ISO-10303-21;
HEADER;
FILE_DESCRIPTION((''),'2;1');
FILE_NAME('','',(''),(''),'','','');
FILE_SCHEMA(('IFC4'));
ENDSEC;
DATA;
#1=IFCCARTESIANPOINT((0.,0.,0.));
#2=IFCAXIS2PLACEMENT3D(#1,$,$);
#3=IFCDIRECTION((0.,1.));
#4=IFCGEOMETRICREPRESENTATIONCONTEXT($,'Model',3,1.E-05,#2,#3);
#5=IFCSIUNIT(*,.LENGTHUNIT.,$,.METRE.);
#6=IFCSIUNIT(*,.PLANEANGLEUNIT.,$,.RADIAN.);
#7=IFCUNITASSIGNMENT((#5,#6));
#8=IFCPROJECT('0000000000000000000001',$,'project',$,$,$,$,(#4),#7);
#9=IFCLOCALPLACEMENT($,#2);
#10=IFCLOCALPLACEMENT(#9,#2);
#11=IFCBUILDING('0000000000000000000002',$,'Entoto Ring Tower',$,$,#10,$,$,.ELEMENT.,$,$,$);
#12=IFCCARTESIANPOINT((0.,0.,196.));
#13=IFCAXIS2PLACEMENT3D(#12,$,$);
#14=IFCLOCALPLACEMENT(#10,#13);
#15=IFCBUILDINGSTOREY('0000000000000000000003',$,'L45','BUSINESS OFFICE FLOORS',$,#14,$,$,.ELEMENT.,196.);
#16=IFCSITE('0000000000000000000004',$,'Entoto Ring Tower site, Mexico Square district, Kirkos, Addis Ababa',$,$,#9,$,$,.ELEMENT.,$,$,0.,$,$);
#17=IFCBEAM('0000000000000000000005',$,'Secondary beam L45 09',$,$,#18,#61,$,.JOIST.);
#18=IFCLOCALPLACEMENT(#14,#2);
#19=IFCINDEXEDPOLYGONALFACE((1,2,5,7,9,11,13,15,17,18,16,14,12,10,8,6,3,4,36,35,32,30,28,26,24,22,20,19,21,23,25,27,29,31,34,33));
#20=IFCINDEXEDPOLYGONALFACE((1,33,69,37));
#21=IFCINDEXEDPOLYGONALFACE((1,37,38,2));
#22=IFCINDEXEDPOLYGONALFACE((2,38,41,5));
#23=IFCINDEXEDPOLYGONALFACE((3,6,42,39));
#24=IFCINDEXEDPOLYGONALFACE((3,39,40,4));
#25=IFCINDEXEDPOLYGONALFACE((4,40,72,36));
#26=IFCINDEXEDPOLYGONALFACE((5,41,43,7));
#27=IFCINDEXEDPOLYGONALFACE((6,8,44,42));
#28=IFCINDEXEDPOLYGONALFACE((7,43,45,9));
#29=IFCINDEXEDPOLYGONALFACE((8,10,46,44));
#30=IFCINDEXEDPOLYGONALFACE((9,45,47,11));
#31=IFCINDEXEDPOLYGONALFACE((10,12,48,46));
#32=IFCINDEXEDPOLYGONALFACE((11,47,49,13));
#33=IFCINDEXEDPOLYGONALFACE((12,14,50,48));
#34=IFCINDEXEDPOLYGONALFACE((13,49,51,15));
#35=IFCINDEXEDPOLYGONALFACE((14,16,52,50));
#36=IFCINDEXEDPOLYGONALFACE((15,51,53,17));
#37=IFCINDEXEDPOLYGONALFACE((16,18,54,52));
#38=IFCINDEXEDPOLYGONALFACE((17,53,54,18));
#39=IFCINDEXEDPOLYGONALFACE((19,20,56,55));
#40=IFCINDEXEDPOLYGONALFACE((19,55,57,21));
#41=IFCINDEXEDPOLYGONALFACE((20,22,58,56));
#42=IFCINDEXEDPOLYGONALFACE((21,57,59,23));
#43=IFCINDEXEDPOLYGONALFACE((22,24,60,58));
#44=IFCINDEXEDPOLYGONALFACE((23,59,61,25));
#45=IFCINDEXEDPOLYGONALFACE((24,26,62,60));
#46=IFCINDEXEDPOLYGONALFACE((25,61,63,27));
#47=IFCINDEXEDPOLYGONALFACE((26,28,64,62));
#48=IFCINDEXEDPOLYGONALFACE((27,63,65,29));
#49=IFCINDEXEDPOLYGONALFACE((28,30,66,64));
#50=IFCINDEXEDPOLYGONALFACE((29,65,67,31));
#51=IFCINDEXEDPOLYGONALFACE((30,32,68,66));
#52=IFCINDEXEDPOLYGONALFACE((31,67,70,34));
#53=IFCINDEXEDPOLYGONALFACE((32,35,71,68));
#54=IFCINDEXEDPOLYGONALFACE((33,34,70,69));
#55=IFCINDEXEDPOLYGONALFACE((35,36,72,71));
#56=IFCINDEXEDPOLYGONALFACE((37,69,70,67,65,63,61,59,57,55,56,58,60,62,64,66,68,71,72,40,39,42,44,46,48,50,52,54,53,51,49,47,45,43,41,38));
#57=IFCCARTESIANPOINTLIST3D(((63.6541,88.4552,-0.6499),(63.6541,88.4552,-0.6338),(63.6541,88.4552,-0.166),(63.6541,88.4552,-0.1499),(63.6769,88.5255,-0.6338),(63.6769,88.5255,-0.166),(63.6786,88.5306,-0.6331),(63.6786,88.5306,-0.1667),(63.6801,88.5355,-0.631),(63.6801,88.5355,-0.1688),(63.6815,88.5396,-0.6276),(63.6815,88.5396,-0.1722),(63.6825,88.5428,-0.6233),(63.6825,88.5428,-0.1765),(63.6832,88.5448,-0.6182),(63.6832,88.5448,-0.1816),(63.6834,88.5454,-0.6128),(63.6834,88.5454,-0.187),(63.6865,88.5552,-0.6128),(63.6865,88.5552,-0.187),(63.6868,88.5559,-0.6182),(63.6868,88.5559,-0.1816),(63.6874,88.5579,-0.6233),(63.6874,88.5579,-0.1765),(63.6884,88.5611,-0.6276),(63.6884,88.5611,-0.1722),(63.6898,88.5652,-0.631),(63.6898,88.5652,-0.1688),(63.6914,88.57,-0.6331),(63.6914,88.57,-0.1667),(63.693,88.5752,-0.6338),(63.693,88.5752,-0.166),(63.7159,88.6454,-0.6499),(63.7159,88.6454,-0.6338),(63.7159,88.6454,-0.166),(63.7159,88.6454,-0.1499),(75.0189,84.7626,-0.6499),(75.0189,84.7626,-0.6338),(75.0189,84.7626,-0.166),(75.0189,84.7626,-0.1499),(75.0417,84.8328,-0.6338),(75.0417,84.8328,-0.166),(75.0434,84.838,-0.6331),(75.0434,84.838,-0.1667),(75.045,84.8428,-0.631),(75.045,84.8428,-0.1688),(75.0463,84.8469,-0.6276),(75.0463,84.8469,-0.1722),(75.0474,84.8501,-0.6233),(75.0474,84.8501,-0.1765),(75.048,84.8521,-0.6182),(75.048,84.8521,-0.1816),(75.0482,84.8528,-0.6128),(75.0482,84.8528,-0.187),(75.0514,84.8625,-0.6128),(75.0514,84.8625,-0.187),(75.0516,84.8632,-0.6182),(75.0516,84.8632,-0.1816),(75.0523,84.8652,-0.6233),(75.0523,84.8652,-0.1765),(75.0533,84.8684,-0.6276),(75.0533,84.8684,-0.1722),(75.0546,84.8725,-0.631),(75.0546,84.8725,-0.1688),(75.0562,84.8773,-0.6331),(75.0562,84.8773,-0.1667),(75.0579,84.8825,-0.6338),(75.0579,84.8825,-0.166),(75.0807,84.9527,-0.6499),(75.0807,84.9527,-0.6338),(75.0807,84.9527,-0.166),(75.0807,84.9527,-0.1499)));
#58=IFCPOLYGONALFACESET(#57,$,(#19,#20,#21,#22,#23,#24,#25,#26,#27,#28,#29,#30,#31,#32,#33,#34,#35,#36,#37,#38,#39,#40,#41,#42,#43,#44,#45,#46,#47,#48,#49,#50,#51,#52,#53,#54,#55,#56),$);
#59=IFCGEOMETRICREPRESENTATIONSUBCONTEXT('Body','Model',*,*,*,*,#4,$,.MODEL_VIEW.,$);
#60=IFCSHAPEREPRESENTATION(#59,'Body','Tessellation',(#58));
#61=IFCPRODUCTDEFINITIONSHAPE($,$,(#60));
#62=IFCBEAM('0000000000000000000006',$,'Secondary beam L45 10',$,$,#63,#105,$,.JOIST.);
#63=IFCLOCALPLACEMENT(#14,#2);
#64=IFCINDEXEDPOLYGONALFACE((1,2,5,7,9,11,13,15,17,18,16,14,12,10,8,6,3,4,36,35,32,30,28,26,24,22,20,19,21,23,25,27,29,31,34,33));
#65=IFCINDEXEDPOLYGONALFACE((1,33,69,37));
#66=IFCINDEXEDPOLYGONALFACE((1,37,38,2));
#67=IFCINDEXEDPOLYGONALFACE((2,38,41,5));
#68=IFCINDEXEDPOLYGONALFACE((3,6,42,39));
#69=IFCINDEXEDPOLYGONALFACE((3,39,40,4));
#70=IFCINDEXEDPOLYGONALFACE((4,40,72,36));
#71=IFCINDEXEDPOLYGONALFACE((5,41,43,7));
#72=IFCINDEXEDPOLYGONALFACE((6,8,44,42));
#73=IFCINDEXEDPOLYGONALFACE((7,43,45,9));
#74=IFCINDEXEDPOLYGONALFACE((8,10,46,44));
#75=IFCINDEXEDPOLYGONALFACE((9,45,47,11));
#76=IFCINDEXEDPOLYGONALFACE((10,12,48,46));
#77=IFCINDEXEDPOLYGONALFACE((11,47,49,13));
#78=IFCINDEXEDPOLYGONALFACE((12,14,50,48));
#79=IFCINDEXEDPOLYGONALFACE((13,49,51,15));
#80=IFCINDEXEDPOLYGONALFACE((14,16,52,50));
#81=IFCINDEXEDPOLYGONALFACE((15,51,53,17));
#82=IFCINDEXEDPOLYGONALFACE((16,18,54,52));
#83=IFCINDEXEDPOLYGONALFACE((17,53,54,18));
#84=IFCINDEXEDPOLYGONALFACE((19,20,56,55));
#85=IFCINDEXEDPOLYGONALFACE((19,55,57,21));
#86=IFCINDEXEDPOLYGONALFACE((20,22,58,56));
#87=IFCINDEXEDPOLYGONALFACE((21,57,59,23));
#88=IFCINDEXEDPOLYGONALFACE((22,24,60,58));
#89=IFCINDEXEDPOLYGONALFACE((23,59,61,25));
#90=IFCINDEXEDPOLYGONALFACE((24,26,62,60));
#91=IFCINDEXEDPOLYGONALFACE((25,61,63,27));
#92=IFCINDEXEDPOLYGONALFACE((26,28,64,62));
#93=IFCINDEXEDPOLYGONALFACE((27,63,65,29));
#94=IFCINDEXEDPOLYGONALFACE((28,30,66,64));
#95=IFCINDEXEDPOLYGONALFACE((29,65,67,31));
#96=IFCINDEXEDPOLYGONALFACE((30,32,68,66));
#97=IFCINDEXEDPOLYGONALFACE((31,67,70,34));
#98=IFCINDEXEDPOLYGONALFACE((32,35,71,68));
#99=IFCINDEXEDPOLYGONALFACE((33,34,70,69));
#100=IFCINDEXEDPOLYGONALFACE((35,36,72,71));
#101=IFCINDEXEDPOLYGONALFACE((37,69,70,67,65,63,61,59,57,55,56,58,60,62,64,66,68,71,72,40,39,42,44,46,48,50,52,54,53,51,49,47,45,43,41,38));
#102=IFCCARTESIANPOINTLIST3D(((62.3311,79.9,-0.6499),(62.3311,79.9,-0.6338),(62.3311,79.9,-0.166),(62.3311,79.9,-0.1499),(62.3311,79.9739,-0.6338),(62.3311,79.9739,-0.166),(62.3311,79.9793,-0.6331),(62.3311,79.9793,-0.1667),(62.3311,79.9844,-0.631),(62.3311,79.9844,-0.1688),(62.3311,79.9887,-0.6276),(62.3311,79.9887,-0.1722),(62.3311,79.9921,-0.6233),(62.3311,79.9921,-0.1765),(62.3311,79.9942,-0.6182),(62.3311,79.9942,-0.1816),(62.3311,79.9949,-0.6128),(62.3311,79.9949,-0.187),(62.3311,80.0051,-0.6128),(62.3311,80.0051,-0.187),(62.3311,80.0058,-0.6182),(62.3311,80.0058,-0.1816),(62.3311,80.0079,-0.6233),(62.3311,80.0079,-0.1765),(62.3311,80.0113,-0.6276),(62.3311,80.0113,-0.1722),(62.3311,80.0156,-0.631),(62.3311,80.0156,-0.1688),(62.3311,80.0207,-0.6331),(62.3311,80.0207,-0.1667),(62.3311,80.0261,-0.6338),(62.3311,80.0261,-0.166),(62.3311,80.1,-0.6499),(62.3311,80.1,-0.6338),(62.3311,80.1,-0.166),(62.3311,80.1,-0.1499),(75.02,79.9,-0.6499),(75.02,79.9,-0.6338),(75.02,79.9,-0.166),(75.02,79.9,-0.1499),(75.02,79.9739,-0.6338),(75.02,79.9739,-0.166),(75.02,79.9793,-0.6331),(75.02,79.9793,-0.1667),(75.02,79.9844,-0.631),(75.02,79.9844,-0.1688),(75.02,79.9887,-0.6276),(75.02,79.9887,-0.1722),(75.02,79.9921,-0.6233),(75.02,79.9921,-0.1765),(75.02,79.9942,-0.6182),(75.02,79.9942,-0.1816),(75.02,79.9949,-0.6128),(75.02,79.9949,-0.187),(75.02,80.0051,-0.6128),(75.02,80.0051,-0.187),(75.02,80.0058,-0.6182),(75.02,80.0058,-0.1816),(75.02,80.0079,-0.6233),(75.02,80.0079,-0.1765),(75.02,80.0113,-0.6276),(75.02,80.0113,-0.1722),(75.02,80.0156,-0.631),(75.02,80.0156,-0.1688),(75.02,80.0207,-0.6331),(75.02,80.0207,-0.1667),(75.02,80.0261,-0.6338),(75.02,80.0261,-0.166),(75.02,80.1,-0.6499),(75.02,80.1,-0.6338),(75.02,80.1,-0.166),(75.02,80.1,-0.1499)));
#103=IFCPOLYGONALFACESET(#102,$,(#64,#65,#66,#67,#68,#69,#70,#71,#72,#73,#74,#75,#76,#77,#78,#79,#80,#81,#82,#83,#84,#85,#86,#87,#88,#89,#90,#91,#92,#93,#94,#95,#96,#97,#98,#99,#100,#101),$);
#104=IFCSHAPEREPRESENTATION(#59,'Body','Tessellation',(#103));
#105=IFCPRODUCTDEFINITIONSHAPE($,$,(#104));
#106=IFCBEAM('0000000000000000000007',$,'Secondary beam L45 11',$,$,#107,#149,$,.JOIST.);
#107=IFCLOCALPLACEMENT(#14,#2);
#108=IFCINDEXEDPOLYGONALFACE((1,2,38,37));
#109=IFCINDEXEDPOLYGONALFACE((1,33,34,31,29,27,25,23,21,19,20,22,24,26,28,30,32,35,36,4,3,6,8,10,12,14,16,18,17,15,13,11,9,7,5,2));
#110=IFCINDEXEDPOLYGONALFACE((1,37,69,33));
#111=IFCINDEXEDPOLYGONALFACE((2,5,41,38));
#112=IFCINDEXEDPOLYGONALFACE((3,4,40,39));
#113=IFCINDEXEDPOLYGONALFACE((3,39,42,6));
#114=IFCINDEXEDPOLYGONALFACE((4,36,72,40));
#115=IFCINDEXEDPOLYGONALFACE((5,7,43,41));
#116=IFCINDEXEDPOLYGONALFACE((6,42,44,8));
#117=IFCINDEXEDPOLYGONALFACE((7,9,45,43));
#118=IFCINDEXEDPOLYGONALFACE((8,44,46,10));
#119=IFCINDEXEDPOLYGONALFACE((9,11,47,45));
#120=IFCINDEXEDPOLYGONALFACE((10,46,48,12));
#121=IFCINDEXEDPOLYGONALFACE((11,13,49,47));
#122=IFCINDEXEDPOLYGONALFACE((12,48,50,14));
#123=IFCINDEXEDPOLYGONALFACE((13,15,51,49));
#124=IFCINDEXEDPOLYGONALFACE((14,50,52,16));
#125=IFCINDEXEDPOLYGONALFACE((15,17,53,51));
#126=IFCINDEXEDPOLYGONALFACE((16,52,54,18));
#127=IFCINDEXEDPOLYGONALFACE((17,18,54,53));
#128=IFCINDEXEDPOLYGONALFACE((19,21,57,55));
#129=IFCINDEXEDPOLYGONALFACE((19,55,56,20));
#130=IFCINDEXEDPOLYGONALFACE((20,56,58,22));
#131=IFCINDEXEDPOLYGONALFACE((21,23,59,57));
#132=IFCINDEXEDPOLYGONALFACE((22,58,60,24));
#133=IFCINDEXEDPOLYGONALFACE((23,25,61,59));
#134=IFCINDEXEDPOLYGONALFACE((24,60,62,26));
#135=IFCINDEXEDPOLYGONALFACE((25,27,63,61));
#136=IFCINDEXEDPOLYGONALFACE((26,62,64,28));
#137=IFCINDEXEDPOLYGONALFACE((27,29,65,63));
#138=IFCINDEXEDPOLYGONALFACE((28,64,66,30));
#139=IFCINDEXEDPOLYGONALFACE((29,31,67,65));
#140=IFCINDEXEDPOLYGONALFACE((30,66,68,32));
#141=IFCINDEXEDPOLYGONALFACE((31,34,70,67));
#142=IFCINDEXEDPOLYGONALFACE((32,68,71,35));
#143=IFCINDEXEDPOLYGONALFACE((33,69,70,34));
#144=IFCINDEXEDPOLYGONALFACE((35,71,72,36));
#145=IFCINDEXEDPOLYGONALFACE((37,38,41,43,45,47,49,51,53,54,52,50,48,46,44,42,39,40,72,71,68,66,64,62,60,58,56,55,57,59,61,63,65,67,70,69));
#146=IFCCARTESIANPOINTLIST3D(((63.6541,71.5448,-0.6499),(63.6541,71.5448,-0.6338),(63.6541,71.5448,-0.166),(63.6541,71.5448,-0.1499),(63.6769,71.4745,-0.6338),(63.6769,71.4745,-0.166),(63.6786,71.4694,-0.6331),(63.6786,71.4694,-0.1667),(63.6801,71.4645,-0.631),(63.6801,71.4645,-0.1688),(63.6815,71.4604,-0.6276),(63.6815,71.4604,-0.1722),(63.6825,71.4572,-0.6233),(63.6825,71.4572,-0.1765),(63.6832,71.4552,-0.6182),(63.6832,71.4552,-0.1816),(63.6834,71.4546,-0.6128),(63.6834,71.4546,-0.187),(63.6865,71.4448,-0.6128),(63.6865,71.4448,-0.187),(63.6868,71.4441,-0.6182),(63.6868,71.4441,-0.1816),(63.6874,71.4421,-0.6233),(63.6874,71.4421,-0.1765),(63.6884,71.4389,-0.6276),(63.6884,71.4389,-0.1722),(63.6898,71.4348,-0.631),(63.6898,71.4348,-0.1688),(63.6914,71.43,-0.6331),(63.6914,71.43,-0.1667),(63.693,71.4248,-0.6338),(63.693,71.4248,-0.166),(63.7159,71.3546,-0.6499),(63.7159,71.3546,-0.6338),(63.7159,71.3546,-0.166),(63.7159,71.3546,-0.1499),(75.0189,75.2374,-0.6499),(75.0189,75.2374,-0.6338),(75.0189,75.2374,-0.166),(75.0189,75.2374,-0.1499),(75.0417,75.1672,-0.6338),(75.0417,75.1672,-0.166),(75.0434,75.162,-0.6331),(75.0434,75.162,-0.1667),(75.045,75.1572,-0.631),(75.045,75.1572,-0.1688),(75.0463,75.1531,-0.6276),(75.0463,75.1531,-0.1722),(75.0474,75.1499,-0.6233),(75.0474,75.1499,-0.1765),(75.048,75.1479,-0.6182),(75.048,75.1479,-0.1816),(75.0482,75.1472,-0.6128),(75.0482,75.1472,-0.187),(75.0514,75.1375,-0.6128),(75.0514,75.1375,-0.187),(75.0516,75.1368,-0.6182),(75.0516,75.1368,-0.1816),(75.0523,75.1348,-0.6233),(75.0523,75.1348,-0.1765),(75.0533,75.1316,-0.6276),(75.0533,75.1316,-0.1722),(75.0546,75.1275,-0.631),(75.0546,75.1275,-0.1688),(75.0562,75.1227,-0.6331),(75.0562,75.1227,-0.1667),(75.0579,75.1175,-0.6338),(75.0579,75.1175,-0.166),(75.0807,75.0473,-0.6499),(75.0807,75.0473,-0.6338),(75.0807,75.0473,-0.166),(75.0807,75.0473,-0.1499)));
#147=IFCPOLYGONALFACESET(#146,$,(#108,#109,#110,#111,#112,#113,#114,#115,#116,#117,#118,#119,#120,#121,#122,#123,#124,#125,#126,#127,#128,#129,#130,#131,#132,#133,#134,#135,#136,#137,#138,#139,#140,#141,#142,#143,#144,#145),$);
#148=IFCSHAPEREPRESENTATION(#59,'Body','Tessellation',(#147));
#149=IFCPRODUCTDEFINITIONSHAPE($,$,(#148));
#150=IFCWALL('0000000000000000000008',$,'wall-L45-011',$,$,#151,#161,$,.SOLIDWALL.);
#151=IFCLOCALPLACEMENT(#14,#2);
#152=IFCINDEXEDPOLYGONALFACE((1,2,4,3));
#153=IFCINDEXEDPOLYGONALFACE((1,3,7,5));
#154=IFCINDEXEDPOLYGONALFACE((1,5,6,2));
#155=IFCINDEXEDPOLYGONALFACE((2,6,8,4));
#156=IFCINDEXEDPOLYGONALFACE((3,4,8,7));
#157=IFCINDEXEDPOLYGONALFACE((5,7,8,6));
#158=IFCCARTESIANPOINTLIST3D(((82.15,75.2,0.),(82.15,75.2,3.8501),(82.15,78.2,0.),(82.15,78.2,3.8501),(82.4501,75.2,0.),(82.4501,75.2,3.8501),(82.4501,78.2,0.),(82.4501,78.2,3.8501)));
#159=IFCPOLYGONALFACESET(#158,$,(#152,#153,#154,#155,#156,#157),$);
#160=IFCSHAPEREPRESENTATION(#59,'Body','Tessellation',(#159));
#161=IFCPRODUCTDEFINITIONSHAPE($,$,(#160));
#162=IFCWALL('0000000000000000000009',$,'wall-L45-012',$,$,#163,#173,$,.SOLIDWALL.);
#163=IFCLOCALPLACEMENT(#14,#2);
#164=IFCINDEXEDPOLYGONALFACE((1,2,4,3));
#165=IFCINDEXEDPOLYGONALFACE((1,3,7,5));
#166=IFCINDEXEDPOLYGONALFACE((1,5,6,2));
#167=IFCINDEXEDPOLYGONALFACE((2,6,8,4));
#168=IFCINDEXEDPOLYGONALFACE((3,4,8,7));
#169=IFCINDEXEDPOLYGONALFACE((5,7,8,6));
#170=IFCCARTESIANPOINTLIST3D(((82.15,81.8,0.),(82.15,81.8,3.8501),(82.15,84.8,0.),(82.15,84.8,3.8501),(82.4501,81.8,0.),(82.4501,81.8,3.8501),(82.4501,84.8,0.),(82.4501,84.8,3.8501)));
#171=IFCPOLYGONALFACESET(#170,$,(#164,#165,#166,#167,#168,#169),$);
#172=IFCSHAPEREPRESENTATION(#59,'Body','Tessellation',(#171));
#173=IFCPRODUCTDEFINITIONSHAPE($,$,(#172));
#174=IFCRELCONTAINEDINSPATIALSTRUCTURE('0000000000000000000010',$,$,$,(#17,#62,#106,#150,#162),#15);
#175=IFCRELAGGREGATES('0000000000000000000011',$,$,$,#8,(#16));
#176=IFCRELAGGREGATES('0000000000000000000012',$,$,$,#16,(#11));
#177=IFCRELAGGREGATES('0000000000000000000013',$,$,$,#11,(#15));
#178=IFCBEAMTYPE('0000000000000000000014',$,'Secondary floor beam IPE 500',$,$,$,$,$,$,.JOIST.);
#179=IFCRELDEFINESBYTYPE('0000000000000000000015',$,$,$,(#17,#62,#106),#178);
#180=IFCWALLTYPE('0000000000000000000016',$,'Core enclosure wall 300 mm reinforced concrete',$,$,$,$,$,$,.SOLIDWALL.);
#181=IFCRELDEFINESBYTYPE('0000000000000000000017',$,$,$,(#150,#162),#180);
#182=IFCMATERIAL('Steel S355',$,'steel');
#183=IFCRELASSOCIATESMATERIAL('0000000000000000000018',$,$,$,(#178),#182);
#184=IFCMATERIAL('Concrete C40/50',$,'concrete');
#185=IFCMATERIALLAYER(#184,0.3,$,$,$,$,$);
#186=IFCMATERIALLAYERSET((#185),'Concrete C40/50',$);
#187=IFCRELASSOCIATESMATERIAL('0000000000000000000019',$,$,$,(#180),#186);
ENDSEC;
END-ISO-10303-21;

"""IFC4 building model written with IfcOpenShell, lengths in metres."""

from ifc_helpers import new_model, si_unit, direction, frame, frame_2d, origin, origin_2d, place, context, subcontext, project, spatial, rectangle, i_section, extrude, material, layer, layer_set, material_profile, profile_set, type_object, element, save


model = new_model("IFC4")

# Units and contexts
model_context = context("Model", 3, precision=1e-05, world=origin(), true_north=direction((0.0, 1.0)))
body_context = subcontext(model_context, "Body", "Model", "MODEL_VIEW")
ifc_project = project(units=[si_unit("LENGTHUNIT", "METRE"), si_unit("PLANEANGLEUNIT", "RADIAN")], contexts=[model_context])

# Site, building, storey
site_placement = place(None, origin())
site = spatial("IfcSite", under=ifc_project, at=site_placement, Name="Entoto Ring Tower site, Mexico Square district, Kirkos, Addis Ababa", CompositionType="ELEMENT", RefElevation=0.0)
building_placement = place(site_placement, origin())
building = spatial("IfcBuilding", under=site, at=building_placement, Name="Entoto Ring Tower", CompositionType="ELEMENT")
storey_placement = place(building_placement, frame((0.0, 0.0, 196.0)))
storey = spatial("IfcBuildingStorey", under=building, at=storey_placement, Name="L45", Description="BUSINESS OFFICE FLOORS", CompositionType="ELEMENT", Elevation=196.0)

# Beams
ifc_material_1 = material(Name="Steel S355", Category="steel")
ifc_material_profile_1 = material_profile(ifc_material_1, i_section(OverallWidth=0.2, OverallDepth=0.5, WebThickness=0.0103, FlangeThickness=0.0161, FilletRadius=0.021, at=origin_2d()), Name="IPE 500")
ifc_profile_set_1 = profile_set([ifc_material_profile_1], Name="Steel S355")
beam_type_1 = type_object("IfcBeamType", Name="Secondary floor beam IPE 500", PredefinedType="JOIST", material=ifc_profile_set_1)
beam_1_placement = place(storey_placement, frame((75.0498, 84.8577, -0.3999), z_axis=(-0.951057, 0.309017, 0.0), x_axis=(-0.309017, -0.951057, 0.0)))
element("IfcBeam", 1, at=beam_1_placement, inside=storey, type_object=beam_type_1, Name="Secondary beam L45 09", PredefinedType="JOIST", context=body_context, shape_type="SweptSolid", body=[
    extrude(i_section(OverallWidth=0.2, OverallDepth=0.5, WebThickness=0.0103, FlangeThickness=0.0161, FilletRadius=0.021, at=origin_2d()), origin(), (0.0, 0.0, 1.0), 11.9497),
])
beam_2_placement = place(storey_placement, frame((75.02, 80.0, -0.3999), z_axis=(-1.0, 0.0, 0.0), x_axis=(0.0, -1.0, 0.0)))
element("IfcBeam", 2, at=beam_2_placement, inside=storey, type_object=beam_type_1, Name="Secondary beam L45 10", PredefinedType="JOIST", context=body_context, shape_type="SweptSolid", body=[
    extrude(i_section(OverallWidth=0.2, OverallDepth=0.5, WebThickness=0.0103, FlangeThickness=0.0161, FilletRadius=0.021, at=origin_2d()), origin(), (0.0, 0.0, 1.0), 12.689),
])
beam_3_placement = place(storey_placement, frame((75.0498, 75.1423, -0.3999), z_axis=(-0.951057, -0.309017, 0.0), x_axis=(0.309017, -0.951057, 0.0)))
element("IfcBeam", 3, at=beam_3_placement, inside=storey, type_object=beam_type_1, Name="Secondary beam L45 11", PredefinedType="JOIST", context=body_context, shape_type="SweptSolid", body=[
    extrude(i_section(OverallWidth=0.2, OverallDepth=0.5, WebThickness=0.0103, FlangeThickness=0.0161, FilletRadius=0.021, at=origin_2d()), origin(), (0.0, 0.0, 1.0), 11.9497),
])

# Walls
ifc_material_2 = material(Name="Concrete C40/50", Category="concrete")
ifc_layer_1 = layer(ifc_material_2, 0.3)
ifc_layer_set_1 = layer_set([ifc_layer_1], Name="Concrete C40/50")
wall_type_1 = type_object("IfcWallType", Name="Core enclosure wall 300 mm reinforced concrete", PredefinedType="SOLIDWALL", material=ifc_layer_set_1)
for number, where, z_axis, x_axis, name in (
    (4, (82.3, 75.2, 0.0), (0.0, 0.0, 1.0), (0.0, 1.0, 0.0), "wall-L45-011"),
    (5, (82.3, 81.8, 0.0), (0.0, 0.0, 1.0), (0.0, 1.0, 0.0), "wall-L45-012"),
):
    element("IfcWall", number, at=place(storey_placement, frame(where, z_axis=z_axis, x_axis=x_axis)), inside=storey, type_object=wall_type_1, Name=name, PredefinedType="SOLIDWALL", context=body_context, shape_type="SweptSolid", body=[
        extrude(rectangle(XDim=3.0, YDim=0.3, at=frame_2d((1.5, 0.0))), origin(), (0.0, 0.0, 1.0), 3.8501),
    ])

save(model, "model.ifc")
